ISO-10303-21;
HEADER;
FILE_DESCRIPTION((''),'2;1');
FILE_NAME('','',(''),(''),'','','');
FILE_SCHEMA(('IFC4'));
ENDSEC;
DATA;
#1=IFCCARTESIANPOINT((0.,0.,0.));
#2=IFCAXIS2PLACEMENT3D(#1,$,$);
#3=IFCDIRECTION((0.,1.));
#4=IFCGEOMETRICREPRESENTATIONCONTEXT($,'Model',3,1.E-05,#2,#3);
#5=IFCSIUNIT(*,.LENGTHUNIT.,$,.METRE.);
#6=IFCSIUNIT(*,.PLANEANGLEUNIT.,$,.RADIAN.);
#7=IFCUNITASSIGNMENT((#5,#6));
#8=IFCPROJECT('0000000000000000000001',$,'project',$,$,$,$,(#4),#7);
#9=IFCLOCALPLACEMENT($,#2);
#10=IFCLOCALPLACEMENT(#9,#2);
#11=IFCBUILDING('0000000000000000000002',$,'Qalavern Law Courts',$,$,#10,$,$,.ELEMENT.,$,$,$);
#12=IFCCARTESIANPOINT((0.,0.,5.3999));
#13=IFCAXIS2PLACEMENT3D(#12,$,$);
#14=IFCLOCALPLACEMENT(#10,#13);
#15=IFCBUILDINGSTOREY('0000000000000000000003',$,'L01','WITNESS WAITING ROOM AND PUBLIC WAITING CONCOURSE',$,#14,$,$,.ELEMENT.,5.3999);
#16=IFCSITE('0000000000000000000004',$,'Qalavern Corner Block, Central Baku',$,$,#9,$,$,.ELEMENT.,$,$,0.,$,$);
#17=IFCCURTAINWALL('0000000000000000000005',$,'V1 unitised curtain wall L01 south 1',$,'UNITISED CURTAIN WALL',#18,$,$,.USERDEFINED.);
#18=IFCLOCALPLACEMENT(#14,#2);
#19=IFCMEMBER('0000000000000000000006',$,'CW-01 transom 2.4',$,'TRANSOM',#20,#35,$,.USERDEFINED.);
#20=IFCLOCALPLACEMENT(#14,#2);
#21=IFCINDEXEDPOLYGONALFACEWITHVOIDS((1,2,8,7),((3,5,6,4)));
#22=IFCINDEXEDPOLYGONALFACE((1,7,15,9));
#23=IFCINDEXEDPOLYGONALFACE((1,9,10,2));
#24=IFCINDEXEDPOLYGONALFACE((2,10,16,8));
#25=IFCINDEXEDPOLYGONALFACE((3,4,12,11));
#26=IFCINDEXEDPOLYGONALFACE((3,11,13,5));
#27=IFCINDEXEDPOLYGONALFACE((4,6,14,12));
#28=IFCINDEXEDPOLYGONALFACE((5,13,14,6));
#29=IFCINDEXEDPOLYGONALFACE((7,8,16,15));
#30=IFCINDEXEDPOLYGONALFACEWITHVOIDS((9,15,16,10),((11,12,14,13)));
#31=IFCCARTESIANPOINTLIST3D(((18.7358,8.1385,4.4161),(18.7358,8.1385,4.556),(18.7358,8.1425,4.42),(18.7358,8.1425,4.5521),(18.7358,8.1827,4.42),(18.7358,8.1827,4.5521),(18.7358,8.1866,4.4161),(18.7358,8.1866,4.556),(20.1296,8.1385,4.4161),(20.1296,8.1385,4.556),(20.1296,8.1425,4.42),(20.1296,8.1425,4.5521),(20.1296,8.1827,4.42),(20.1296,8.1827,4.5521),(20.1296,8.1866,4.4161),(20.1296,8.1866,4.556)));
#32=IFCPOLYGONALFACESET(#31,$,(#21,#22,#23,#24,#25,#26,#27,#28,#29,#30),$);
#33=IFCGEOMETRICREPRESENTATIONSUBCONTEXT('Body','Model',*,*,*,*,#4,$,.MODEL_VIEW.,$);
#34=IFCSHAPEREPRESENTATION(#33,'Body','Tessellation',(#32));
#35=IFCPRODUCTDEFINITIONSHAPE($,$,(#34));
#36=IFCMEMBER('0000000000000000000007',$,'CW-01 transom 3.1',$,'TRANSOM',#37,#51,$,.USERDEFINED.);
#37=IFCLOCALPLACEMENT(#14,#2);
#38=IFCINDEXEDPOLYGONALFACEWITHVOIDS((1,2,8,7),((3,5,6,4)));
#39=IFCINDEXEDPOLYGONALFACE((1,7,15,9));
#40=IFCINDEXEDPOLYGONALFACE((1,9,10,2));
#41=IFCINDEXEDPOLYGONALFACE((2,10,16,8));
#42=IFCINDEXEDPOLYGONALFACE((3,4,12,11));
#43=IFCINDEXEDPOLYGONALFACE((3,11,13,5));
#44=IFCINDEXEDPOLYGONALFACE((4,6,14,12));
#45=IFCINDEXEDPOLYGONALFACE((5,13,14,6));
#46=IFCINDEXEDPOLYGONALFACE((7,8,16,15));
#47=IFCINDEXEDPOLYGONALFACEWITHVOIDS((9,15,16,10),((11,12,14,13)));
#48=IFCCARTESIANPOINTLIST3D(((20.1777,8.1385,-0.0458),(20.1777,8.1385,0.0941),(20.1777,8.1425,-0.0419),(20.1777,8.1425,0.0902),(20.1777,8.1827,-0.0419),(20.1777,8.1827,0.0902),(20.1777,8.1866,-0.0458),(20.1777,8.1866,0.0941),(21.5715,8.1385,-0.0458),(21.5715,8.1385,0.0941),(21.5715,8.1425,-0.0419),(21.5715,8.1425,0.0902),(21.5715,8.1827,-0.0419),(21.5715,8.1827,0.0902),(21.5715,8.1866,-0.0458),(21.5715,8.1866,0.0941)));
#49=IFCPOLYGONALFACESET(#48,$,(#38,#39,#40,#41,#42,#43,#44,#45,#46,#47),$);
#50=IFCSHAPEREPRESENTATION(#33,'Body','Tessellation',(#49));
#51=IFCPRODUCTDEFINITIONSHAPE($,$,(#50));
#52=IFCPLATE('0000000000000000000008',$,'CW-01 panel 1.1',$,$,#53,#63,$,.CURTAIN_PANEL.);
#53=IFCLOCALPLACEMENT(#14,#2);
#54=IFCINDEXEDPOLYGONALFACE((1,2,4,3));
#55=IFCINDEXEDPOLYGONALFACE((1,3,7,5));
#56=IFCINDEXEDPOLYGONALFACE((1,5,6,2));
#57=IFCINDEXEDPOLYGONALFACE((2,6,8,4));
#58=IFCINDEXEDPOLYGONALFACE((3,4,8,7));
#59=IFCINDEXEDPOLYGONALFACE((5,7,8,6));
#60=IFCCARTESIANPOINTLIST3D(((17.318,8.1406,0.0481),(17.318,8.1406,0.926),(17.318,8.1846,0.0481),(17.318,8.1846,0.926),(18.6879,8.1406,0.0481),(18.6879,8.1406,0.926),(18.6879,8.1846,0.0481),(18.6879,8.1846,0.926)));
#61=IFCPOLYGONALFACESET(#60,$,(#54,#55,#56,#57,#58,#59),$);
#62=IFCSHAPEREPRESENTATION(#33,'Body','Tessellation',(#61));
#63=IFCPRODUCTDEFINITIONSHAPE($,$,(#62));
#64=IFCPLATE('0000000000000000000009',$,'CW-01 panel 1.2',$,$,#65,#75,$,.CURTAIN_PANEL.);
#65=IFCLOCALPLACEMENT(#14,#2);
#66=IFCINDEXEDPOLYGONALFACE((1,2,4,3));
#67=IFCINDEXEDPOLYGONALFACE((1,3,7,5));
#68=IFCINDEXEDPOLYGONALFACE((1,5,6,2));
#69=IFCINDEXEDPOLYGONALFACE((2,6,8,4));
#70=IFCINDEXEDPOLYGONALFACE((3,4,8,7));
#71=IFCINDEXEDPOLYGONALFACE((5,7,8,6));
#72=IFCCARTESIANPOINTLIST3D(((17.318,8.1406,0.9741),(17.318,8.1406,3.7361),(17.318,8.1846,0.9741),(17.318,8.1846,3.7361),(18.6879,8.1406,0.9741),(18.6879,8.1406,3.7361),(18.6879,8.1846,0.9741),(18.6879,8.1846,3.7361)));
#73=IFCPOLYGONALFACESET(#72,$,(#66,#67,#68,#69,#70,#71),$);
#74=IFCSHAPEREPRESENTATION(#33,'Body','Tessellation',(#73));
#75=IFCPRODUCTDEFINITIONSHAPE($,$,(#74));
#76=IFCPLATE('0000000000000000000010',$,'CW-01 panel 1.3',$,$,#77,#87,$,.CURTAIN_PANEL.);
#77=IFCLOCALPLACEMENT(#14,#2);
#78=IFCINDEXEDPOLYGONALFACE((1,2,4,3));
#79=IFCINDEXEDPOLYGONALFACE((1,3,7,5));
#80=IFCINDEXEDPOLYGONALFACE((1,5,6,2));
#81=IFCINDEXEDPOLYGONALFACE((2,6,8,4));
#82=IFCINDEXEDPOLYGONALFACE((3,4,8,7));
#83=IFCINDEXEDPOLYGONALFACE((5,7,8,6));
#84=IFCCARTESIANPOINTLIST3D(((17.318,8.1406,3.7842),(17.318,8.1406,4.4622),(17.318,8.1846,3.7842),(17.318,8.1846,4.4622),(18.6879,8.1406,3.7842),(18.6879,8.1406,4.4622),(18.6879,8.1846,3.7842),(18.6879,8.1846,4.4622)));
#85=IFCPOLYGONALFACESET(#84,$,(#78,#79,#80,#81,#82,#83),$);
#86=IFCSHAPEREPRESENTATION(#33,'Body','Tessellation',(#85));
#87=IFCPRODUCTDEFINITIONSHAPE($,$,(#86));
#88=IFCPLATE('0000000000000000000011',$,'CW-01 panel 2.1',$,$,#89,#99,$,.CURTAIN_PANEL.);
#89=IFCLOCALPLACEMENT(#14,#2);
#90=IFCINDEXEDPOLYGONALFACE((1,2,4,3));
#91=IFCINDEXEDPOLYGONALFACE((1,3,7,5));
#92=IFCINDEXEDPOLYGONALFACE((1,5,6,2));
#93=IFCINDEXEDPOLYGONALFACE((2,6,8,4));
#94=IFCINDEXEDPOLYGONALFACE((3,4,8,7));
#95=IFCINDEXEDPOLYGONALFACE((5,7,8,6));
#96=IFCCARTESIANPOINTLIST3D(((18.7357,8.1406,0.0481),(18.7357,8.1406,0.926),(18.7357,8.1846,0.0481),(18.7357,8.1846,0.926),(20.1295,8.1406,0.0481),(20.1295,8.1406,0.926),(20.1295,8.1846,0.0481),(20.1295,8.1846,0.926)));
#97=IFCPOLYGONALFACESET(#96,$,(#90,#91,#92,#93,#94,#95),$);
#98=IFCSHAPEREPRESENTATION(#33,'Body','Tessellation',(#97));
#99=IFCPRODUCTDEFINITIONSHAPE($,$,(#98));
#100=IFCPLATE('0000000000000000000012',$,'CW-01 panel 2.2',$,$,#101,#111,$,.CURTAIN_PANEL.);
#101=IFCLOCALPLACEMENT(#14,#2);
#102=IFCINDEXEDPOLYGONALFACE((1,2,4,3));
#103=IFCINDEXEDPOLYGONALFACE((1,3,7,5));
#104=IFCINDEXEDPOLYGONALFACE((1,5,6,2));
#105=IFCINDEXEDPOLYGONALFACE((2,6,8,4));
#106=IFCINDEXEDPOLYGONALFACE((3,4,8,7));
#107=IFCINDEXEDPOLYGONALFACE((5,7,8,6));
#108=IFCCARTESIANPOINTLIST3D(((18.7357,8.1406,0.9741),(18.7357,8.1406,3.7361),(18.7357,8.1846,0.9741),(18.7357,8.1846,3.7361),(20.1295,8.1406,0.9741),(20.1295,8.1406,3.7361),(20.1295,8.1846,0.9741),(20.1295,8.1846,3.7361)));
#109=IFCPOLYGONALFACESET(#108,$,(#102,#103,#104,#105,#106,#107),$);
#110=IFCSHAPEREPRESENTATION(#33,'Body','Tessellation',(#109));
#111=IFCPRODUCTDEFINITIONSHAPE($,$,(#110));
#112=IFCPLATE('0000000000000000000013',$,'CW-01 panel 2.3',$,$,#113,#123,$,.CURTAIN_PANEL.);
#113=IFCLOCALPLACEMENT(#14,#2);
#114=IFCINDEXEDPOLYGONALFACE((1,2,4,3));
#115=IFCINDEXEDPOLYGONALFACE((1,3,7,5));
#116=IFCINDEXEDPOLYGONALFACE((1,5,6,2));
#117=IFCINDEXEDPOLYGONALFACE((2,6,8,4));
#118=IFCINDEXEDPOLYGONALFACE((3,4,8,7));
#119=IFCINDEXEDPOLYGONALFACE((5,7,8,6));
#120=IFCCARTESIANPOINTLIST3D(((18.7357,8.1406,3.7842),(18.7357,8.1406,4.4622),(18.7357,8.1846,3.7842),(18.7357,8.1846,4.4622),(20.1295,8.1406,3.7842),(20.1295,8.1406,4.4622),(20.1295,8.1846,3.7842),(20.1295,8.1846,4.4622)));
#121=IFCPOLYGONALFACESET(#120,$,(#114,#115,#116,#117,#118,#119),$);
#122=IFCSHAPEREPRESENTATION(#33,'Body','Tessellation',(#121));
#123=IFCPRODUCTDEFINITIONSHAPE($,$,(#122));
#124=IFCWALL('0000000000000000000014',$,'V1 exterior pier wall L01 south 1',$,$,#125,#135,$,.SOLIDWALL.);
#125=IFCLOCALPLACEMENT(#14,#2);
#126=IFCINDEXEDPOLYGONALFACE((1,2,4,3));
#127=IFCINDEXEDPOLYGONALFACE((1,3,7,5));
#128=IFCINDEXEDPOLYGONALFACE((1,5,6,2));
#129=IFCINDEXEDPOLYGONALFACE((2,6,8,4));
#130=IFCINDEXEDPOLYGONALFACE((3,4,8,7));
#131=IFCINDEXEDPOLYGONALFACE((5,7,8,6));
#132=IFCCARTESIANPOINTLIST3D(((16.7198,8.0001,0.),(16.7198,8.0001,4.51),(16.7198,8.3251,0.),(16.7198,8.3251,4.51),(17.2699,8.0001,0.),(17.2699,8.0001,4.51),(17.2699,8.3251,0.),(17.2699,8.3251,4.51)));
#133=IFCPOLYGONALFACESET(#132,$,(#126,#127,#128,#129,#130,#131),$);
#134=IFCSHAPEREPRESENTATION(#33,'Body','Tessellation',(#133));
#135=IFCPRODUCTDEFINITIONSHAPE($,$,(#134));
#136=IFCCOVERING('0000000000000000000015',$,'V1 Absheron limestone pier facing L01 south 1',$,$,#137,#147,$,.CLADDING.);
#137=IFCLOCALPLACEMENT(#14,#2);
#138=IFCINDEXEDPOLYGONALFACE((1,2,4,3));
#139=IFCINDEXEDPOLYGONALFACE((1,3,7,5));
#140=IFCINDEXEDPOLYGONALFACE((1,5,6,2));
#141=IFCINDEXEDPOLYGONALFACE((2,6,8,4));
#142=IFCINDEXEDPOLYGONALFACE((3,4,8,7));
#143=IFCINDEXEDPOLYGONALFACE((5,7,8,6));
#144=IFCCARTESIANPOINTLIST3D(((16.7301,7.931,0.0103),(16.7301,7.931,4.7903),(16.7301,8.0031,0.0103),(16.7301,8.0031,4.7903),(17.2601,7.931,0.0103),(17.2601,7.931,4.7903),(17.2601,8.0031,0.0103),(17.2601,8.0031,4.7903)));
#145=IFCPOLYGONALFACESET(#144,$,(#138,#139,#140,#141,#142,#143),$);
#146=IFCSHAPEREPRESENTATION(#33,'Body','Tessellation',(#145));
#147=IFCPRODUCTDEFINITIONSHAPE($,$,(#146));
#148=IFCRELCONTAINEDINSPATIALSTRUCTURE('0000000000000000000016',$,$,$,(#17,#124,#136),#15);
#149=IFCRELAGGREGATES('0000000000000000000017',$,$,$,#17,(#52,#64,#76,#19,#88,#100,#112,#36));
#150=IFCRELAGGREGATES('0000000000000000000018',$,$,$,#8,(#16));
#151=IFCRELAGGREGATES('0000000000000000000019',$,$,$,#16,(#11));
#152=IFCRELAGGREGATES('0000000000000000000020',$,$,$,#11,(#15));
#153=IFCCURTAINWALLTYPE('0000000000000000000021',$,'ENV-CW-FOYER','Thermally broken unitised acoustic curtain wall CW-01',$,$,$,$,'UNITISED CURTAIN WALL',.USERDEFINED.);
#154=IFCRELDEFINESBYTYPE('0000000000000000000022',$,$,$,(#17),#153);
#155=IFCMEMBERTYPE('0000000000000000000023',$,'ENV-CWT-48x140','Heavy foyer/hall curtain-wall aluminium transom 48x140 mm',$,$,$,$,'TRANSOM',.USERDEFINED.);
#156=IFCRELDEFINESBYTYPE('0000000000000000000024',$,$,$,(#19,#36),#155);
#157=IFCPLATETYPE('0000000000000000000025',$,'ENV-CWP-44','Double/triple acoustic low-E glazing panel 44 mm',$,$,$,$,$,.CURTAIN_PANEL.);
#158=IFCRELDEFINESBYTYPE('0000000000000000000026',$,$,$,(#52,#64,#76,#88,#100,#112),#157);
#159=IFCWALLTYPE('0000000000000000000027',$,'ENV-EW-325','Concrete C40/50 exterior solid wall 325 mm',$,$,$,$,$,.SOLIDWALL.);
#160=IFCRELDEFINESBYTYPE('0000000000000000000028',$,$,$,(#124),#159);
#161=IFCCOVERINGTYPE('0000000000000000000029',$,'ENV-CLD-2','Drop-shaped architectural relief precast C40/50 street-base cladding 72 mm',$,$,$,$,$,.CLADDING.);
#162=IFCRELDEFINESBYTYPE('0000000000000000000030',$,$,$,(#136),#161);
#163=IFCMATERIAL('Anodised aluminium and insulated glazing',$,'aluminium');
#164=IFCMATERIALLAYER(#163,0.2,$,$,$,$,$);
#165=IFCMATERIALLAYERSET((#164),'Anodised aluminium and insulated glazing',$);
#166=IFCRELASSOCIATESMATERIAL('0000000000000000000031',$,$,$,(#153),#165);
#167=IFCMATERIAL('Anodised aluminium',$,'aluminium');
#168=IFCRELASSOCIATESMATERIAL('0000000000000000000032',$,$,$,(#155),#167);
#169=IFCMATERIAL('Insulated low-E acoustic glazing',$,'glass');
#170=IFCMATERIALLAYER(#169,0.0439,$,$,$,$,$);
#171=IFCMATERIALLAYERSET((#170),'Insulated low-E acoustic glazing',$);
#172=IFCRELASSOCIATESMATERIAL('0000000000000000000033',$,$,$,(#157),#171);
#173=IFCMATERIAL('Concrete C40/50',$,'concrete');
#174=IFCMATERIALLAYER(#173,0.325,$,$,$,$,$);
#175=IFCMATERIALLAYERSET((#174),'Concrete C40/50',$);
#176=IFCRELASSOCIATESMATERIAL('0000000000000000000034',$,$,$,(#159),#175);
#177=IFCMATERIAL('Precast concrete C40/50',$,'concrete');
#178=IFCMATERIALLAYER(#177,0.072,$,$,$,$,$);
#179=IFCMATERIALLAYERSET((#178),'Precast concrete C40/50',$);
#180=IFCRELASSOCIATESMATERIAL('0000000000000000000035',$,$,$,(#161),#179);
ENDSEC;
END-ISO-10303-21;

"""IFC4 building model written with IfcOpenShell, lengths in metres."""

from ifc_helpers import new_model, si_unit, direction, frame, frame_2d, origin, origin_2d, place, context, subcontext, project, spatial, rectangle, hollow_rectangle, extrude, material, layer, layer_set, material_profile, profile_set, type_object, element, aggregate, save


model = new_model("IFC4")

# Units and contexts
model_context = context("Model", 3, precision=1e-05, world=origin(), true_north=direction((0.0, 1.0)))
body_context = subcontext(model_context, "Body", "Model", "MODEL_VIEW")
ifc_project = project(units=[si_unit("LENGTHUNIT", "METRE"), si_unit("PLANEANGLEUNIT", "RADIAN")], contexts=[model_context])

# Site, building, storey
site_placement = place(None, origin())
site = spatial("IfcSite", under=ifc_project, at=site_placement, Name="Qalavern Corner Block, Central Baku", CompositionType="ELEMENT", RefElevation=0.0)
building_placement = place(site_placement, origin())
building = spatial("IfcBuilding", under=site, at=building_placement, Name="Qalavern Law Courts", CompositionType="ELEMENT")
storey_placement = place(building_placement, frame((0.0, 0.0, 5.3999)))
storey = spatial("IfcBuildingStorey", under=building, at=storey_placement, Name="L01", Description="WITNESS WAITING ROOM AND PUBLIC WAITING CONCOURSE", CompositionType="ELEMENT", Elevation=5.3999)

# Curtain wall, members, plates
ifc_material_1 = material(Name="Anodised aluminium and insulated glazing", Category="aluminium")
ifc_layer_1 = layer(ifc_material_1, 0.2)
ifc_layer_set_1 = layer_set([ifc_layer_1], Name="Anodised aluminium and insulated glazing")
curtain_wall_type = type_object("IfcCurtainWallType", Name="ENV-CW-FOYER", Description="Thermally broken unitised acoustic curtain wall CW-01", ElementType="UNITISED CURTAIN WALL", PredefinedType="USERDEFINED", material=ifc_layer_set_1)
curtain_wall_placement = place(storey_placement, origin())
curtain_wall = element("IfcCurtainWall", 1, at=curtain_wall_placement, inside=storey, type_object=curtain_wall_type, Name="V1 unitised curtain wall L01 south 1", ObjectType="UNITISED CURTAIN WALL", PredefinedType="USERDEFINED")
ifc_material_2 = material(Name="Anodised aluminium", Category="aluminium")
ifc_material_profile_1 = material_profile(ifc_material_2, hollow_rectangle(XDim=0.0481, YDim=0.1399, WallThickness=0.0039, at=origin_2d()), Name="ALU TRANSOM 48x140")
ifc_profile_set_1 = profile_set([ifc_material_profile_1], Name="Anodised aluminium")
member_type_1 = type_object("IfcMemberType", Name="ENV-CWT-48x140", Description="Heavy foyer/hall curtain-wall aluminium transom 48x140 mm", ElementType="TRANSOM", PredefinedType="USERDEFINED", material=ifc_profile_set_1)
member_1_placement = place(storey_placement, frame((18.7358, 8.1626, 4.4861), z_axis=(1.0, 0.0, 0.0), x_axis=(0.0, 1.0, 0.0)))
member_1 = element("IfcMember", 2, at=member_1_placement, type_object=member_type_1, Name="CW-01 transom 2.4", ObjectType="TRANSOM", PredefinedType="USERDEFINED", context=body_context, shape_type="SweptSolid", body=[
    extrude(hollow_rectangle(XDim=0.0481, YDim=0.1399, WallThickness=0.0039, at=origin_2d()), origin(), (0.0, 0.0, 1.0), 1.3938),
])
member_2_placement = place(storey_placement, frame((20.1777, 8.1626, 0.0242), z_axis=(1.0, 0.0, 0.0), x_axis=(0.0, 1.0, 0.0)))
member_2 = element("IfcMember", 3, at=member_2_placement, type_object=member_type_1, Name="CW-01 transom 3.1", ObjectType="TRANSOM", PredefinedType="USERDEFINED", context=body_context, shape_type="SweptSolid", body=[
    extrude(hollow_rectangle(XDim=0.0481, YDim=0.1399, WallThickness=0.0039, at=origin_2d()), origin(), (0.0, 0.0, 1.0), 1.3938),
])
ifc_material_3 = material(Name="Insulated low-E acoustic glazing", Category="glass")
ifc_layer_2 = layer(ifc_material_3, 0.0439)
ifc_layer_set_2 = layer_set([ifc_layer_2], Name="Insulated low-E acoustic glazing")
plate_type = type_object("IfcPlateType", Name="ENV-CWP-44", Description="Double/triple acoustic low-E glazing panel 44 mm", PredefinedType="CURTAIN_PANEL", material=ifc_layer_set_2)
plate_1_placement = place(storey_placement, frame((18.0029, 8.1626, 0.0481), z_axis=(0.0, 0.0, 1.0), x_axis=(1.0, 0.0, 0.0)))
plate_1 = element("IfcPlate", 4, at=plate_1_placement, type_object=plate_type, Name="CW-01 panel 1.1", PredefinedType="CURTAIN_PANEL", context=body_context, shape_type="SweptSolid", body=[
    extrude(rectangle(XDim=1.3699, YDim=0.0439, at=origin_2d()), origin(), (0.0, 0.0, 1.0), 0.8779),
])
plate_2_placement = place(storey_placement, frame((18.0029, 8.1626, 0.9741), z_axis=(0.0, 0.0, 1.0), x_axis=(1.0, 0.0, 0.0)))
plate_2 = element("IfcPlate", 5, at=plate_2_placement, type_object=plate_type, Name="CW-01 panel 1.2", PredefinedType="CURTAIN_PANEL", context=body_context, shape_type="SweptSolid", body=[
    extrude(rectangle(XDim=1.3699, YDim=0.0439, at=origin_2d()), origin(), (0.0, 0.0, 1.0), 2.762),
])
plate_3_placement = place(storey_placement, frame((18.0029, 8.1626, 3.7842), z_axis=(0.0, 0.0, 1.0), x_axis=(1.0, 0.0, 0.0)))
plate_3 = element("IfcPlate", 6, at=plate_3_placement, type_object=plate_type, Name="CW-01 panel 1.3", PredefinedType="CURTAIN_PANEL", context=body_context, shape_type="SweptSolid", body=[
    extrude(rectangle(XDim=1.3699, YDim=0.0439, at=origin_2d()), origin(), (0.0, 0.0, 1.0), 0.678),
])
plate_4_placement = place(storey_placement, frame((19.4326, 8.1626, 0.0481), z_axis=(0.0, 0.0, 1.0), x_axis=(1.0, 0.0, 0.0)))
plate_4 = element("IfcPlate", 7, at=plate_4_placement, type_object=plate_type, Name="CW-01 panel 2.1", PredefinedType="CURTAIN_PANEL", context=body_context, shape_type="SweptSolid", body=[
    extrude(rectangle(XDim=1.3938, YDim=0.0439, at=origin_2d()), origin(), (0.0, 0.0, 1.0), 0.8779),
])
plate_5_placement = place(storey_placement, frame((19.4326, 8.1626, 0.9741), z_axis=(0.0, 0.0, 1.0), x_axis=(1.0, 0.0, 0.0)))
plate_5 = element("IfcPlate", 8, at=plate_5_placement, type_object=plate_type, Name="CW-01 panel 2.2", PredefinedType="CURTAIN_PANEL", context=body_context, shape_type="SweptSolid", body=[
    extrude(rectangle(XDim=1.3938, YDim=0.0439, at=origin_2d()), origin(), (0.0, 0.0, 1.0), 2.762),
])
plate_6_placement = place(storey_placement, frame((19.4326, 8.1626, 3.7842), z_axis=(0.0, 0.0, 1.0), x_axis=(1.0, 0.0, 0.0)))
plate_6 = element("IfcPlate", 9, at=plate_6_placement, type_object=plate_type, Name="CW-01 panel 2.3", PredefinedType="CURTAIN_PANEL", context=body_context, shape_type="SweptSolid", body=[
    extrude(rectangle(XDim=1.3938, YDim=0.0439, at=origin_2d()), origin(), (0.0, 0.0, 1.0), 0.678),
])
aggregate(curtain_wall, [plate_1, plate_2, plate_3, member_1, plate_4, plate_5, plate_6, member_2])

# Wall
ifc_material_4 = material(Name="Concrete C40/50", Category="concrete")
ifc_layer_3 = layer(ifc_material_4, 0.325)
ifc_layer_set_3 = layer_set([ifc_layer_3], Name="Concrete C40/50")
wall_type = type_object("IfcWallType", Name="ENV-EW-325", Description="Concrete C40/50 exterior solid wall 325 mm", PredefinedType="SOLIDWALL", material=ifc_layer_set_3)
wall_placement = place(storey_placement, frame((16.72, 8.1626, 0.0), z_axis=(0.0, 0.0, 1.0), x_axis=(1.0, 0.0, 0.0)))
element("IfcWall", 10, at=wall_placement, inside=storey, type_object=wall_type, Name="V1 exterior pier wall L01 south 1", PredefinedType="SOLIDWALL", context=body_context, shape_type="SweptSolid", body=[
    extrude(rectangle(XDim=0.55, YDim=0.325, at=frame_2d((0.2749, 0.0))), origin(), (0.0, 0.0, 1.0), 4.51),
])

# Covering
ifc_material_5 = material(Name="Precast concrete C40/50", Category="concrete")
ifc_layer_4 = layer(ifc_material_5, 0.072)
ifc_layer_set_4 = layer_set([ifc_layer_4], Name="Precast concrete C40/50")
covering_type = type_object("IfcCoveringType", Name="ENV-CLD-2", Description="Drop-shaped architectural relief precast C40/50 street-base cladding 72 mm", PredefinedType="CLADDING", material=ifc_layer_set_4)
covering_placement = place(storey_placement, frame((16.9951, 7.967, 0.0103), z_axis=(0.0, 0.0, 1.0), x_axis=(1.0, 0.0, 0.0)))
element("IfcCovering", 11, at=covering_placement, inside=storey, type_object=covering_type, Name="V1 Absheron limestone pier facing L01 south 1", PredefinedType="CLADDING", context=body_context, shape_type="SweptSolid", body=[
    extrude(rectangle(XDim=0.53, YDim=0.072, at=origin_2d()), origin(), (0.0, 0.0, 1.0), 4.78),
])

save(model, "model.ifc")
